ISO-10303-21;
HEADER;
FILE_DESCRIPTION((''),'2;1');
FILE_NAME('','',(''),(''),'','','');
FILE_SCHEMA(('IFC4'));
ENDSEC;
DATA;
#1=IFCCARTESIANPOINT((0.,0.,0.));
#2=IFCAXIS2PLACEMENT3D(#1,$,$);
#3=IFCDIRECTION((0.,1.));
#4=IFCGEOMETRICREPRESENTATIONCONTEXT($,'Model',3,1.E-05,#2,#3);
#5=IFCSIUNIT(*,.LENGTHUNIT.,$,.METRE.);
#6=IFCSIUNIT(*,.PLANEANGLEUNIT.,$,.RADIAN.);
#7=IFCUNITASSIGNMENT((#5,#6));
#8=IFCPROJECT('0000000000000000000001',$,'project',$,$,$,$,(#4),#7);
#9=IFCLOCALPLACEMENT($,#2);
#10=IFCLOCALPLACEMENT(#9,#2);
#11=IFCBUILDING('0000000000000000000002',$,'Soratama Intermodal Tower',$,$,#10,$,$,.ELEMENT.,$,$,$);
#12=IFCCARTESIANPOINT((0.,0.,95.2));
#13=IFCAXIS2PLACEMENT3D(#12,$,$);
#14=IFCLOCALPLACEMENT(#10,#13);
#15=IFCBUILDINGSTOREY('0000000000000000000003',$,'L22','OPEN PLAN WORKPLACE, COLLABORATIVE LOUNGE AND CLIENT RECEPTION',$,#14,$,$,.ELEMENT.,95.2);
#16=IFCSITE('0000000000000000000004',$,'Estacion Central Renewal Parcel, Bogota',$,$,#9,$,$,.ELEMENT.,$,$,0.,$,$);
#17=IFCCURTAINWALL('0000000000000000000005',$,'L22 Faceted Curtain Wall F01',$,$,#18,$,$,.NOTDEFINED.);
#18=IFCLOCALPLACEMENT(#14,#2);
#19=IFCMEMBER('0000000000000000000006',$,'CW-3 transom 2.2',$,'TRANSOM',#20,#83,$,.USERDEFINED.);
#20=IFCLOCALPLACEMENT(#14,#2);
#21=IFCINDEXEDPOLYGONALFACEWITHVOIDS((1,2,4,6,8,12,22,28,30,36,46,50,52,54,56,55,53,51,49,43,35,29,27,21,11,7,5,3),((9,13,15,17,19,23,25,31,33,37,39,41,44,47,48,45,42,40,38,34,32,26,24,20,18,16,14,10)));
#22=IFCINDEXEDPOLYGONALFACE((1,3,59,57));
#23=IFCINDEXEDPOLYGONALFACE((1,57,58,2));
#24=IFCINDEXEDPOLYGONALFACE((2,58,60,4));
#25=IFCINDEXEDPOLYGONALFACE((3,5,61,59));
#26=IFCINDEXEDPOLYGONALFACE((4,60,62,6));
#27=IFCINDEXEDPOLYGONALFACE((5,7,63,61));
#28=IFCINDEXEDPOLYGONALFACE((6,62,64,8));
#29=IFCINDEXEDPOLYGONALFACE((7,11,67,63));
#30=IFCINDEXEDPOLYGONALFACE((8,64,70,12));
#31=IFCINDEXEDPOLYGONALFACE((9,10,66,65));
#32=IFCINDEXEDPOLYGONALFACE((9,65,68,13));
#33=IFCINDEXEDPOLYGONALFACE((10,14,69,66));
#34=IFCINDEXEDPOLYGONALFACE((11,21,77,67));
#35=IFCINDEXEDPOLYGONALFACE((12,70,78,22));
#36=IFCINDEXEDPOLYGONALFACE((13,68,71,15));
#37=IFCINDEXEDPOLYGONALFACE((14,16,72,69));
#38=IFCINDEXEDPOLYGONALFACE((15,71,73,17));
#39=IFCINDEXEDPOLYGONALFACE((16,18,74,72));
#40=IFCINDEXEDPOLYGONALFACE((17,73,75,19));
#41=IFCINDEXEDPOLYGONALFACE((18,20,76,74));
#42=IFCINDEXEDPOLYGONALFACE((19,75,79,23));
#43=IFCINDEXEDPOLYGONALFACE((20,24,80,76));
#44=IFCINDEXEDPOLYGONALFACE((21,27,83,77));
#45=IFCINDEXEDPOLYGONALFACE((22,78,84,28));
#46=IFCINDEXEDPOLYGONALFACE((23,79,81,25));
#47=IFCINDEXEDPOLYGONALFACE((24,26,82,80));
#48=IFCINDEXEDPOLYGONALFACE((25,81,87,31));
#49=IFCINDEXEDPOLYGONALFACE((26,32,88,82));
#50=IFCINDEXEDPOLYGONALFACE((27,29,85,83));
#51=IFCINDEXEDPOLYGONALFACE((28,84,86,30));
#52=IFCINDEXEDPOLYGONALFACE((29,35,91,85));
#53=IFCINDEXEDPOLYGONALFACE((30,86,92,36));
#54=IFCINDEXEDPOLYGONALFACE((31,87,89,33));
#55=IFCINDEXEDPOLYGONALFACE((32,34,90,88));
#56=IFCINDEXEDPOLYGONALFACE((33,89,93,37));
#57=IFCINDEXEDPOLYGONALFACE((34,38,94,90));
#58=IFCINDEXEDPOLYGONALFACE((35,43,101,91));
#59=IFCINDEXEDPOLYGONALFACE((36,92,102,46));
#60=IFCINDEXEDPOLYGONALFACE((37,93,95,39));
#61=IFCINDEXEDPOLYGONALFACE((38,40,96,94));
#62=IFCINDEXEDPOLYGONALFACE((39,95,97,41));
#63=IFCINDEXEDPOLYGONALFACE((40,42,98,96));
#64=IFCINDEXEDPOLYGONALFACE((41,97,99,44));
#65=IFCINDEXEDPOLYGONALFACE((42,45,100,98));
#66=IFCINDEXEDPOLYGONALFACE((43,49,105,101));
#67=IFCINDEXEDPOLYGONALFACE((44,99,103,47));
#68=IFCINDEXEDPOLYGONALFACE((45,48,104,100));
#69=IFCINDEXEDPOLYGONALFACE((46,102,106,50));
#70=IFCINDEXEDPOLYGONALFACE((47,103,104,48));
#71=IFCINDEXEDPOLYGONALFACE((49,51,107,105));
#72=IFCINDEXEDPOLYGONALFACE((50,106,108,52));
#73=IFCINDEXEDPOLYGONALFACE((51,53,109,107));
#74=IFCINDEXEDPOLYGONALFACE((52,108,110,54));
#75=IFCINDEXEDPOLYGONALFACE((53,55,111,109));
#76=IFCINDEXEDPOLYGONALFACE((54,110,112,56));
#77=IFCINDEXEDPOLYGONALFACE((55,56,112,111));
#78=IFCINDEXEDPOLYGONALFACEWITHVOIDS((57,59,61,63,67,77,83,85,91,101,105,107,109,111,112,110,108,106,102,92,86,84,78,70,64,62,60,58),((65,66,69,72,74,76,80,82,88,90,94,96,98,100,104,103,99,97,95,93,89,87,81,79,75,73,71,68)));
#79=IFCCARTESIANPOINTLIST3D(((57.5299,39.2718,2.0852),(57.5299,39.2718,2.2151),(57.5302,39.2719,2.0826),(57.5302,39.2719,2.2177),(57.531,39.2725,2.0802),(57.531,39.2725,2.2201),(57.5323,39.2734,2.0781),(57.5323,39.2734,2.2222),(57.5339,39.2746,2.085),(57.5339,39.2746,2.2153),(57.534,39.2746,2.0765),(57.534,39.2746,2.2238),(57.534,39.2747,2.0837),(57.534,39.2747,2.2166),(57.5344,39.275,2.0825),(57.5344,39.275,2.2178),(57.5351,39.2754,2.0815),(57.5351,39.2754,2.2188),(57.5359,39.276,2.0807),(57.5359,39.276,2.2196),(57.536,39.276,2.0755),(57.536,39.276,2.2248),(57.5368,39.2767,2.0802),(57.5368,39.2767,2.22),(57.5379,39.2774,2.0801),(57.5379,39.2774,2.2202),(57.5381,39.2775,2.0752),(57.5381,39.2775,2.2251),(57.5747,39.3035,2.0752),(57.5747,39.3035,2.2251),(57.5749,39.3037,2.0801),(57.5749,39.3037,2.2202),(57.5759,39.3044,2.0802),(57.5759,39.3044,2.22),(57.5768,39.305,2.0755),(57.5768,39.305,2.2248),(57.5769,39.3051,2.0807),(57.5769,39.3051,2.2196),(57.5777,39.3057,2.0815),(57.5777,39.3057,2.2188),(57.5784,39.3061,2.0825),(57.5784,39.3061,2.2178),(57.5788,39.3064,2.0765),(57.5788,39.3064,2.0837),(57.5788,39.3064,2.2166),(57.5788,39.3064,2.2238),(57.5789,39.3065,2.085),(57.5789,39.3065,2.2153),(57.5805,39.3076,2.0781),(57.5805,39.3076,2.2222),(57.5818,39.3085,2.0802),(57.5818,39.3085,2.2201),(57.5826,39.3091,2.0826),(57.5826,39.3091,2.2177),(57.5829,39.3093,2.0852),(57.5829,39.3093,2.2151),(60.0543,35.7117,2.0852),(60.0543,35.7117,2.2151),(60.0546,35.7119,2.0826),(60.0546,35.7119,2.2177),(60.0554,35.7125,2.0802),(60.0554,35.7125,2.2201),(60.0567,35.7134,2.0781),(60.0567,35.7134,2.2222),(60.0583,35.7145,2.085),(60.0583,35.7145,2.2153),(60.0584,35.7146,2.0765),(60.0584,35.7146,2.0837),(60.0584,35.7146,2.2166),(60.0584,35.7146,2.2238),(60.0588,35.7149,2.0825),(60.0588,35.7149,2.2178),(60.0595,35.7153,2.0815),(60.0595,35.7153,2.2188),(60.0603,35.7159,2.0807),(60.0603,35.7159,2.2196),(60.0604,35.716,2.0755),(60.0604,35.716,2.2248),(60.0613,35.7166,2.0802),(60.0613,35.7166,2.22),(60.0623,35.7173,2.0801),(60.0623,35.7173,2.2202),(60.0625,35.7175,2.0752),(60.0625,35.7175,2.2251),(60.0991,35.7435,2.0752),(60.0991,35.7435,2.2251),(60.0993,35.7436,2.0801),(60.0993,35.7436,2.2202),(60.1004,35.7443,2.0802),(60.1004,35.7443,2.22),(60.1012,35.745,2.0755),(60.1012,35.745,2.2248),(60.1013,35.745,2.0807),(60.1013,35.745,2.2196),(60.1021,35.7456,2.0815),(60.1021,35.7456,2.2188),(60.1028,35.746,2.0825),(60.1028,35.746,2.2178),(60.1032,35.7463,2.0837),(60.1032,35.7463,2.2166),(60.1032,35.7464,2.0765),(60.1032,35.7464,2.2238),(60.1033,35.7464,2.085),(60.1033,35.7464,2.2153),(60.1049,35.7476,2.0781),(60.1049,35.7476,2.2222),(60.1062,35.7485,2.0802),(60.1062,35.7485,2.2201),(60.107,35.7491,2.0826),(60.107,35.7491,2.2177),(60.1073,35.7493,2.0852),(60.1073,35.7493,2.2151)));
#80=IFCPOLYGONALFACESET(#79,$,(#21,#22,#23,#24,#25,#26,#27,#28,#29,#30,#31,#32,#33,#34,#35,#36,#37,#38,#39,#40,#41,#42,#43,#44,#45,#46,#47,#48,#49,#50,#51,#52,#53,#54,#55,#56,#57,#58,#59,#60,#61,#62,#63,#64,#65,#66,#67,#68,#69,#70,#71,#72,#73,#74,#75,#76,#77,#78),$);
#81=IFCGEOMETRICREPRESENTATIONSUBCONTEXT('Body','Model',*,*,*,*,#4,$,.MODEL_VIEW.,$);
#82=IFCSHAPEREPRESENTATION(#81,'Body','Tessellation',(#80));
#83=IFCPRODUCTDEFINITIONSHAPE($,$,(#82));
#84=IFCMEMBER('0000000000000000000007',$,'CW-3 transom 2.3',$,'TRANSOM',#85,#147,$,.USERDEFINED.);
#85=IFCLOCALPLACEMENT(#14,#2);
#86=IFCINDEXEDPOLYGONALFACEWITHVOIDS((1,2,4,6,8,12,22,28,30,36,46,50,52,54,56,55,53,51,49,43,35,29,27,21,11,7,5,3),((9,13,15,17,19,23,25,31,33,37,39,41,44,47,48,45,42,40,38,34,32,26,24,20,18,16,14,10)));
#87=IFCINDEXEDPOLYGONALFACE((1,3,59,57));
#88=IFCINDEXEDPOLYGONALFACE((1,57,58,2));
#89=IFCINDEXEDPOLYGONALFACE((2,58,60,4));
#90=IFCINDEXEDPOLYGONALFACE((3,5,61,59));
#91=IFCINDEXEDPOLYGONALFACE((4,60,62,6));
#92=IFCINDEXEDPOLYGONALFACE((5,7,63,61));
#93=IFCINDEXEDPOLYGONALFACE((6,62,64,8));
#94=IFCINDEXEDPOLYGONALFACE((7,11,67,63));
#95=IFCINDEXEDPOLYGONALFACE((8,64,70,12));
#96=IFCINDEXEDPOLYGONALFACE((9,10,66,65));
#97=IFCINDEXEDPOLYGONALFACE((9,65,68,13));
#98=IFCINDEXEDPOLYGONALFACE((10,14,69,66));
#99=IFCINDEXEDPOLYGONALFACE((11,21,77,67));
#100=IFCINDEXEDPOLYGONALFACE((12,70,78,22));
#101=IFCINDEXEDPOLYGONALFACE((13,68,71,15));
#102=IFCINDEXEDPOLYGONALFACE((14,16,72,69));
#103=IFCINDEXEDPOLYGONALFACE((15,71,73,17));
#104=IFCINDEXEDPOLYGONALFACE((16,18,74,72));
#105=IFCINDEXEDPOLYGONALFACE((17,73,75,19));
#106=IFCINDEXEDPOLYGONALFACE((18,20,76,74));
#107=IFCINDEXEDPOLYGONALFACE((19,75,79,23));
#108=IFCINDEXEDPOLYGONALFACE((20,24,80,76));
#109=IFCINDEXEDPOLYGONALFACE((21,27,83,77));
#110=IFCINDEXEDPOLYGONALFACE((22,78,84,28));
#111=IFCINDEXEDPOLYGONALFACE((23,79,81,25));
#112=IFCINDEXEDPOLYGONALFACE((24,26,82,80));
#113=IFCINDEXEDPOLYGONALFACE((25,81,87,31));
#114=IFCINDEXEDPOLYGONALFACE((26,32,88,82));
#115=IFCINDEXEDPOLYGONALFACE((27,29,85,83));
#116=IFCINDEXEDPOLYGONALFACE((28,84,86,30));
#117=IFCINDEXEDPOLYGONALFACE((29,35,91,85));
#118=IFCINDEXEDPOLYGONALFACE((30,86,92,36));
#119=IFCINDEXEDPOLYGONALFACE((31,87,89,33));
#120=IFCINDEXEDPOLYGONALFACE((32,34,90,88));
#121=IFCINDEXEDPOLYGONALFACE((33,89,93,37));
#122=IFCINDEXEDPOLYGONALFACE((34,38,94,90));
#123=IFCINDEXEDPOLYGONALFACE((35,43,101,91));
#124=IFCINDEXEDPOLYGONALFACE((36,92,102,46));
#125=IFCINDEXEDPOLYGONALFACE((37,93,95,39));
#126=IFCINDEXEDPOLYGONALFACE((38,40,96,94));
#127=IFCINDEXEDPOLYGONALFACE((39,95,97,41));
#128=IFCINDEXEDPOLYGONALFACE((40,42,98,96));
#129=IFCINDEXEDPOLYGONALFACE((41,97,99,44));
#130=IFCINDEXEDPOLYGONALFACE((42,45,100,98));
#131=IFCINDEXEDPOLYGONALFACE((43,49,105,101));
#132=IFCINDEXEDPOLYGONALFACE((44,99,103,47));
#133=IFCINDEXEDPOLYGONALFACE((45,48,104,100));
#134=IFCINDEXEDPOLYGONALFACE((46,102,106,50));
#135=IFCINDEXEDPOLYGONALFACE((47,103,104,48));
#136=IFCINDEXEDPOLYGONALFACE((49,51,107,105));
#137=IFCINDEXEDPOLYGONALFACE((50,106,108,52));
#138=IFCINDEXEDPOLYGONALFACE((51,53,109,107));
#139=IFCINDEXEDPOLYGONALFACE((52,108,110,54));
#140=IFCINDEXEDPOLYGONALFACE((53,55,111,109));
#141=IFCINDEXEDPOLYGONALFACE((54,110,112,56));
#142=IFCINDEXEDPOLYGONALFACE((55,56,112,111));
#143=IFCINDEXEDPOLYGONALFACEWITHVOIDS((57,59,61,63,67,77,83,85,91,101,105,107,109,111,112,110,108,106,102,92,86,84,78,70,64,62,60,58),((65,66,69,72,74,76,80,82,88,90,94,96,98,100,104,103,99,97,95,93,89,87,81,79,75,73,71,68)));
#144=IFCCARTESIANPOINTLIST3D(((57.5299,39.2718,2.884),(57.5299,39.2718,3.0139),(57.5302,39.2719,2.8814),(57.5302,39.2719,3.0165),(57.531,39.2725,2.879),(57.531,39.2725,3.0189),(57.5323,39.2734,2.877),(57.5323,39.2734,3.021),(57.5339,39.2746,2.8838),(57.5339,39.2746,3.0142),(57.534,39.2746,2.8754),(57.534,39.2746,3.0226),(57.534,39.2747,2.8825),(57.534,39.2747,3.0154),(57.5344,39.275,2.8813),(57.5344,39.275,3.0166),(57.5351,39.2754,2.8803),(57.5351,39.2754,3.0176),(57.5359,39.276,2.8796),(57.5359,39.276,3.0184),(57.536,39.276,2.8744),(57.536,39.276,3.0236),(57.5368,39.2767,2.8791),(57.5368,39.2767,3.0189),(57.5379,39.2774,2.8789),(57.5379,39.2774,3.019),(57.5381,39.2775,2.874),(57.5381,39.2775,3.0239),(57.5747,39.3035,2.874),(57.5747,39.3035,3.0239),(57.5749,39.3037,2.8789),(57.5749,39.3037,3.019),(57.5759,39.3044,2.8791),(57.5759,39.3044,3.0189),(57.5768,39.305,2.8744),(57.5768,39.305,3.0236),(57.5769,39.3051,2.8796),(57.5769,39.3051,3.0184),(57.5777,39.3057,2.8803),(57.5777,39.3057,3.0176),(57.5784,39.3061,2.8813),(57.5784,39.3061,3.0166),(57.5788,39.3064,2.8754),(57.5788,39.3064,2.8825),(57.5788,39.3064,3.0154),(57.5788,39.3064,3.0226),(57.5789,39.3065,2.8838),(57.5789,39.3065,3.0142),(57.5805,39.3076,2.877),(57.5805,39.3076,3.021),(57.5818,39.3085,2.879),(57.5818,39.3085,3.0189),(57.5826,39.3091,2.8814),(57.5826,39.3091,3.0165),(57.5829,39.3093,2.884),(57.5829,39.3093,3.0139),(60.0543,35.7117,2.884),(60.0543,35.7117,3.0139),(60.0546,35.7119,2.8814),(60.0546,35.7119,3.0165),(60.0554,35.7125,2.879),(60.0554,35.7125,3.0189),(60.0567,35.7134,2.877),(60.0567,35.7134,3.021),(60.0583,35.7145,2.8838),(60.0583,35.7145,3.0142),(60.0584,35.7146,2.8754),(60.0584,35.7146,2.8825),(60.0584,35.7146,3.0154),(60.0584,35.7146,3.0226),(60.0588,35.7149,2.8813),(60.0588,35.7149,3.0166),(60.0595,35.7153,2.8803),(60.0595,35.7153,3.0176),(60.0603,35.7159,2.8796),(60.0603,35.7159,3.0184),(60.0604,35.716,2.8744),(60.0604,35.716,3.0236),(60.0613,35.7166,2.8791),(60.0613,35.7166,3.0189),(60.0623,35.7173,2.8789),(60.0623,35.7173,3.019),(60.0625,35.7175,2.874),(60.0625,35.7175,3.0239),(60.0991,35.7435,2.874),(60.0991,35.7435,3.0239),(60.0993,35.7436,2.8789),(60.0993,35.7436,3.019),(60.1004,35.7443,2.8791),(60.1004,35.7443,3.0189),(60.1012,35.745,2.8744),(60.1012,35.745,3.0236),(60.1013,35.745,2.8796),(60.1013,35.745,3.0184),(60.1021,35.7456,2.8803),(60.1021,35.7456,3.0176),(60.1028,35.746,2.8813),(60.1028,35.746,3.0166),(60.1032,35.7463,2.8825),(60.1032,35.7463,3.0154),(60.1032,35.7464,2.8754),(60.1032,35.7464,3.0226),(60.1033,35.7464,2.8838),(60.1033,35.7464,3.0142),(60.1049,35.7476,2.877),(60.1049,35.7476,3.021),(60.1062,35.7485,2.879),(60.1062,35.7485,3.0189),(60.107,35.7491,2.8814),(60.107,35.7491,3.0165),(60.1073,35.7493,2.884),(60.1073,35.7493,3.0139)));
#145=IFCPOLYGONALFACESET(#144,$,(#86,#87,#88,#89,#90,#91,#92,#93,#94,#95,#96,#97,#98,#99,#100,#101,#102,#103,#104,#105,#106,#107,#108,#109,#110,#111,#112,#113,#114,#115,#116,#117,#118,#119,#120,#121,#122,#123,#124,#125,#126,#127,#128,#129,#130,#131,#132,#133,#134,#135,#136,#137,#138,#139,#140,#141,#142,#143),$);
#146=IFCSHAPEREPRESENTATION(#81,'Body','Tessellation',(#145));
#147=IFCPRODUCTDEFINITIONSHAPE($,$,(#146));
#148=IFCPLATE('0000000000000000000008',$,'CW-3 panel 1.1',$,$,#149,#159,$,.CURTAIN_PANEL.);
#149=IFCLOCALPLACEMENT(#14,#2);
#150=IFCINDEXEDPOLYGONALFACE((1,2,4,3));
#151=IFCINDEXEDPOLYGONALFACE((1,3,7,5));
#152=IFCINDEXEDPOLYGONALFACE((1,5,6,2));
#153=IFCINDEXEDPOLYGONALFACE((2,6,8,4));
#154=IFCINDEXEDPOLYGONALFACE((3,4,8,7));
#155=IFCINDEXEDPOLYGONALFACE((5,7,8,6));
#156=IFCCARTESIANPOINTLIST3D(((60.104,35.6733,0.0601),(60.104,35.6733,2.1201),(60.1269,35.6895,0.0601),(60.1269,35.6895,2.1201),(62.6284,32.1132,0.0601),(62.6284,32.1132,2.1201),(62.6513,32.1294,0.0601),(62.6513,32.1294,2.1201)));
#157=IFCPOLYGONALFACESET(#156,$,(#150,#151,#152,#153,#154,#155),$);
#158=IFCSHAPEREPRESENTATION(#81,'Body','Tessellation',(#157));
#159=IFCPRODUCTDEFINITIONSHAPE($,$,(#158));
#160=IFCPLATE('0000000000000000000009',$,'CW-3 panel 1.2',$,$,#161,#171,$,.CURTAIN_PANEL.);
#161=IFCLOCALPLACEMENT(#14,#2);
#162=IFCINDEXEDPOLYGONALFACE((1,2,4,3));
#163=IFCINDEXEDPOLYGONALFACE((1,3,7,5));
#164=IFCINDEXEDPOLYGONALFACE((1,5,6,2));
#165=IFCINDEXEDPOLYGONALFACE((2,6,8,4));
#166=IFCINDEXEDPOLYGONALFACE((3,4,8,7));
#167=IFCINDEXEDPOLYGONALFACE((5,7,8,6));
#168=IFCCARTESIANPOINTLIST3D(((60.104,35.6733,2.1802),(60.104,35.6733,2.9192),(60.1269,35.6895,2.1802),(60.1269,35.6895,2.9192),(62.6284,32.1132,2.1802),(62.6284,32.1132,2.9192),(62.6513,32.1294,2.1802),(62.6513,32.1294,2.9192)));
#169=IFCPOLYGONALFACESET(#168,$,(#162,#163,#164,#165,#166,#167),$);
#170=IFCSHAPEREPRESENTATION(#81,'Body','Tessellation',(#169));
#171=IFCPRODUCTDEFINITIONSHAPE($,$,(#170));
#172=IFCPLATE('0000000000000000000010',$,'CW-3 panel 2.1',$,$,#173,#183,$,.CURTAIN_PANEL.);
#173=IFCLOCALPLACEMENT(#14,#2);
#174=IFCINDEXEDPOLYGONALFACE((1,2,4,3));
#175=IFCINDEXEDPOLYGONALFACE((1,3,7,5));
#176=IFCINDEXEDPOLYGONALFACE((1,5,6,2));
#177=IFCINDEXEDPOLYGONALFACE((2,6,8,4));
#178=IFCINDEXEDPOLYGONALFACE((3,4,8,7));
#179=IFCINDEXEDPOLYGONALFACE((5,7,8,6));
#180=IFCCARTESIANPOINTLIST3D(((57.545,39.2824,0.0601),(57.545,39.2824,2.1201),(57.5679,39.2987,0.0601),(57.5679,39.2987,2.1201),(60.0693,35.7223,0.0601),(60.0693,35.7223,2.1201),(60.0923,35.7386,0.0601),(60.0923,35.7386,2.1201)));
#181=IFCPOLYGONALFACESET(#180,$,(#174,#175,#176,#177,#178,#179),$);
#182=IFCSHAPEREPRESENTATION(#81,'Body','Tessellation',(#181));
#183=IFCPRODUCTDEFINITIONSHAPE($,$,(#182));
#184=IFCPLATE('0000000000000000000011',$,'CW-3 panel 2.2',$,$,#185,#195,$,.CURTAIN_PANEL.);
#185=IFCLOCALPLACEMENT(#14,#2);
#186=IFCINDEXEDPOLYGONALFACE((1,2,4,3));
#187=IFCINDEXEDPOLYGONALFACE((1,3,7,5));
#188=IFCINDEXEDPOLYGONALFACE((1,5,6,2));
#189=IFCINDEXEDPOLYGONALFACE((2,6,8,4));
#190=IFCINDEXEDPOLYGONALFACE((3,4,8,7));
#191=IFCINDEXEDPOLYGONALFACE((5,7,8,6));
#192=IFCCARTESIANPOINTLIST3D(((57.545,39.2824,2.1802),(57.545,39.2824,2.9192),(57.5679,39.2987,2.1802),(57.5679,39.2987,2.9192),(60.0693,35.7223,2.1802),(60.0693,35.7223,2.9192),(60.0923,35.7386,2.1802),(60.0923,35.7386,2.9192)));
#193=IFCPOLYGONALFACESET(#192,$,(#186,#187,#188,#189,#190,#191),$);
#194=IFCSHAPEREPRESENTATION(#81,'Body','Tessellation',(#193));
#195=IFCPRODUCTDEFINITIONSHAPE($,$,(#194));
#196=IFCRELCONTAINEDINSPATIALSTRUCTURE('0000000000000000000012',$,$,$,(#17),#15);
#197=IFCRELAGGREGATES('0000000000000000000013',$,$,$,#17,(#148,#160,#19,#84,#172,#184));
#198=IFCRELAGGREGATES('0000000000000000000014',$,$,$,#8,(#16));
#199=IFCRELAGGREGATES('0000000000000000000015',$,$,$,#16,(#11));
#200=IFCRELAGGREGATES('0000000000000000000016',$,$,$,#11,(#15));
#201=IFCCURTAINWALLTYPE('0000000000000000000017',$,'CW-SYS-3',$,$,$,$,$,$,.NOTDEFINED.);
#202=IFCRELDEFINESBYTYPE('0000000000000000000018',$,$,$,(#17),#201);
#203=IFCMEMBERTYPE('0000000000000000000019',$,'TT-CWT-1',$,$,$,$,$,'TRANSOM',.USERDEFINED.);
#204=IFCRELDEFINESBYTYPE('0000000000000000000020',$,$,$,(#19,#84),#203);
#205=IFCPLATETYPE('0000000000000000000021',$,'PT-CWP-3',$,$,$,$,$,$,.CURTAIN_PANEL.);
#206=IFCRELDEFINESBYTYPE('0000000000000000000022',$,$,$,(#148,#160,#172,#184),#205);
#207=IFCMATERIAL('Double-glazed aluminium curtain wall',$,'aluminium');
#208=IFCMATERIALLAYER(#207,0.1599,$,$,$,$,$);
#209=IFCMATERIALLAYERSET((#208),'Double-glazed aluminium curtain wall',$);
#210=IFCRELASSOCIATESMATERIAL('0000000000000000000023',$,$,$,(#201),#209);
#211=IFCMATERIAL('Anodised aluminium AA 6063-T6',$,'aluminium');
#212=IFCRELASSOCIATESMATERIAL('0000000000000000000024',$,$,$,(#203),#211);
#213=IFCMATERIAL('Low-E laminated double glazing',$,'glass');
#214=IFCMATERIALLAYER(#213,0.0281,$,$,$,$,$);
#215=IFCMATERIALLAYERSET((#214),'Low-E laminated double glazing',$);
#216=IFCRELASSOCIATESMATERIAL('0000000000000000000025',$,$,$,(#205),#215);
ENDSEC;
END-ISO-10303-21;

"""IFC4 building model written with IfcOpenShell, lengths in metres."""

from ifc_helpers import new_model, si_unit, direction, frame, origin, origin_2d, place, context, subcontext, project, spatial, rectangle, hollow_rectangle, extrude, material, layer, layer_set, material_profile, profile_set, type_object, element, aggregate, save


model = new_model("IFC4")

# Units and contexts
model_context = context("Model", 3, precision=1e-05, world=origin(), true_north=direction((0.0, 1.0)))
body_context = subcontext(model_context, "Body", "Model", "MODEL_VIEW")
ifc_project = project(units=[si_unit("LENGTHUNIT", "METRE"), si_unit("PLANEANGLEUNIT", "RADIAN")], contexts=[model_context])

# Site, building, storey
site_placement = place(None, origin())
site = spatial("IfcSite", under=ifc_project, at=site_placement, Name="Estacion Central Renewal Parcel, Bogota", CompositionType="ELEMENT", RefElevation=0.0)
building_placement = place(site_placement, origin())
building = spatial("IfcBuilding", under=site, at=building_placement, Name="Soratama Intermodal Tower", CompositionType="ELEMENT")
storey_placement = place(building_placement, frame((0.0, 0.0, 95.2)))
storey = spatial("IfcBuildingStorey", under=building, at=storey_placement, Name="L22", Description="OPEN PLAN WORKPLACE, COLLABORATIVE LOUNGE AND CLIENT RECEPTION", CompositionType="ELEMENT", Elevation=95.2)

# Curtain wall, members, plates
ifc_material_1 = material(Name="Double-glazed aluminium curtain wall", Category="aluminium")
ifc_layer_1 = layer(ifc_material_1, 0.1599)
ifc_layer_set_1 = layer_set([ifc_layer_1], Name="Double-glazed aluminium curtain wall")
curtain_wall_type = type_object("IfcCurtainWallType", Name="CW-SYS-3", PredefinedType="NOTDEFINED", material=ifc_layer_set_1)
curtain_wall_placement = place(storey_placement, origin())
curtain_wall = element("IfcCurtainWall", 1, at=curtain_wall_placement, inside=storey, type_object=curtain_wall_type, Name="L22 Faceted Curtain Wall F01", PredefinedType="NOTDEFINED")
ifc_material_2 = material(Name="Anodised aluminium AA 6063-T6", Category="aluminium")
ifc_material_profile_1 = material_profile(ifc_material_2, hollow_rectangle(XDim=0.0649, YDim=0.1499, WallThickness=0.0049, InnerFilletRadius=0.0049, OuterFilletRadius=0.01, at=origin_2d()), Name="CWT150X65X5")
ifc_profile_set_1 = profile_set([ifc_material_profile_1], Name="Anodised aluminium AA 6063-T6")
member_type_1 = type_object("IfcMemberType", Name="TT-CWT-1", ElementType="TRANSOM", PredefinedType="USERDEFINED", material=ifc_profile_set_1)
member_1_placement = place(storey_placement, frame((60.0808, 35.7305, 2.1501), z_axis=(-0.57843, 0.815732, 0.0), x_axis=(-0.815732, -0.57843, 0.0)))
member_1 = element("IfcMember", 2, at=member_1_placement, type_object=member_type_1, Name="CW-3 transom 2.2", ObjectType="TRANSOM", PredefinedType="USERDEFINED", context=body_context, shape_type="SweptSolid", body=[
    extrude(hollow_rectangle(XDim=0.0649, YDim=0.1499, WallThickness=0.0049, InnerFilletRadius=0.0049, OuterFilletRadius=0.01, at=origin_2d()), origin(), (0.0, 0.0, 1.0), 4.3643),
])
member_2_placement = place(storey_placement, frame((60.0808, 35.7305, 2.949), z_axis=(-0.57843, 0.815732, 0.0), x_axis=(-0.815732, -0.57843, 0.0)))
member_2 = element("IfcMember", 3, at=member_2_placement, type_object=member_type_1, Name="CW-3 transom 2.3", ObjectType="TRANSOM", PredefinedType="USERDEFINED", context=body_context, shape_type="SweptSolid", body=[
    extrude(hollow_rectangle(XDim=0.0649, YDim=0.1499, WallThickness=0.0049, InnerFilletRadius=0.0049, OuterFilletRadius=0.01, at=origin_2d()), origin(), (0.0, 0.0, 1.0), 4.3643),
])
ifc_material_3 = material(Name="Low-E laminated double glazing", Category="glass")
ifc_layer_2 = layer(ifc_material_3, 0.0281)
ifc_layer_set_2 = layer_set([ifc_layer_2], Name="Low-E laminated double glazing")
plate_type = type_object("IfcPlateType", Name="PT-CWP-3", PredefinedType="CURTAIN_PANEL", material=ifc_layer_set_2)
plate_1_placement = place(storey_placement, frame((61.3777, 33.9014, 0.0601), z_axis=(0.0, 0.0, 1.0), x_axis=(-0.578424, 0.815736, 0.0)))
plate_1 = element("IfcPlate", 4, at=plate_1_placement, type_object=plate_type, Name="CW-3 panel 1.1", PredefinedType="CURTAIN_PANEL", context=body_context, shape_type="SweptSolid", body=[
    extrude(rectangle(XDim=4.3643, YDim=0.0281, at=origin_2d()), origin(), (0.0, 0.0, 1.0), 2.0601),
])
plate_2_placement = place(storey_placement, frame((61.3777, 33.9014, 2.1802), z_axis=(0.0, 0.0, 1.0), x_axis=(-0.578424, 0.815736, 0.0)))
plate_2 = element("IfcPlate", 5, at=plate_2_placement, type_object=plate_type, Name="CW-3 panel 1.2", PredefinedType="CURTAIN_PANEL", context=body_context, shape_type="SweptSolid", body=[
    extrude(rectangle(XDim=4.3643, YDim=0.0281, at=origin_2d()), origin(), (0.0, 0.0, 1.0), 0.739),
])
plate_3_placement = place(storey_placement, frame((58.8186, 37.5105, 0.0601), z_axis=(0.0, 0.0, 1.0), x_axis=(-0.578424, 0.815736, 0.0)))
plate_3 = element("IfcPlate", 6, at=plate_3_placement, type_object=plate_type, Name="CW-3 panel 2.1", PredefinedType="CURTAIN_PANEL", context=body_context, shape_type="SweptSolid", body=[
    extrude(rectangle(XDim=4.3643, YDim=0.0281, at=origin_2d()), origin(), (0.0, 0.0, 1.0), 2.0601),
])
plate_4_placement = place(storey_placement, frame((58.8186, 37.5105, 2.1802), z_axis=(0.0, 0.0, 1.0), x_axis=(-0.578424, 0.815736, 0.0)))
plate_4 = element("IfcPlate", 7, at=plate_4_placement, type_object=plate_type, Name="CW-3 panel 2.2", PredefinedType="CURTAIN_PANEL", context=body_context, shape_type="SweptSolid", body=[
    extrude(rectangle(XDim=4.3643, YDim=0.0281, at=origin_2d()), origin(), (0.0, 0.0, 1.0), 0.739),
])
aggregate(curtain_wall, [plate_1, plate_2, member_1, member_2, plate_3, plate_4])

save(model, "model.ifc")
